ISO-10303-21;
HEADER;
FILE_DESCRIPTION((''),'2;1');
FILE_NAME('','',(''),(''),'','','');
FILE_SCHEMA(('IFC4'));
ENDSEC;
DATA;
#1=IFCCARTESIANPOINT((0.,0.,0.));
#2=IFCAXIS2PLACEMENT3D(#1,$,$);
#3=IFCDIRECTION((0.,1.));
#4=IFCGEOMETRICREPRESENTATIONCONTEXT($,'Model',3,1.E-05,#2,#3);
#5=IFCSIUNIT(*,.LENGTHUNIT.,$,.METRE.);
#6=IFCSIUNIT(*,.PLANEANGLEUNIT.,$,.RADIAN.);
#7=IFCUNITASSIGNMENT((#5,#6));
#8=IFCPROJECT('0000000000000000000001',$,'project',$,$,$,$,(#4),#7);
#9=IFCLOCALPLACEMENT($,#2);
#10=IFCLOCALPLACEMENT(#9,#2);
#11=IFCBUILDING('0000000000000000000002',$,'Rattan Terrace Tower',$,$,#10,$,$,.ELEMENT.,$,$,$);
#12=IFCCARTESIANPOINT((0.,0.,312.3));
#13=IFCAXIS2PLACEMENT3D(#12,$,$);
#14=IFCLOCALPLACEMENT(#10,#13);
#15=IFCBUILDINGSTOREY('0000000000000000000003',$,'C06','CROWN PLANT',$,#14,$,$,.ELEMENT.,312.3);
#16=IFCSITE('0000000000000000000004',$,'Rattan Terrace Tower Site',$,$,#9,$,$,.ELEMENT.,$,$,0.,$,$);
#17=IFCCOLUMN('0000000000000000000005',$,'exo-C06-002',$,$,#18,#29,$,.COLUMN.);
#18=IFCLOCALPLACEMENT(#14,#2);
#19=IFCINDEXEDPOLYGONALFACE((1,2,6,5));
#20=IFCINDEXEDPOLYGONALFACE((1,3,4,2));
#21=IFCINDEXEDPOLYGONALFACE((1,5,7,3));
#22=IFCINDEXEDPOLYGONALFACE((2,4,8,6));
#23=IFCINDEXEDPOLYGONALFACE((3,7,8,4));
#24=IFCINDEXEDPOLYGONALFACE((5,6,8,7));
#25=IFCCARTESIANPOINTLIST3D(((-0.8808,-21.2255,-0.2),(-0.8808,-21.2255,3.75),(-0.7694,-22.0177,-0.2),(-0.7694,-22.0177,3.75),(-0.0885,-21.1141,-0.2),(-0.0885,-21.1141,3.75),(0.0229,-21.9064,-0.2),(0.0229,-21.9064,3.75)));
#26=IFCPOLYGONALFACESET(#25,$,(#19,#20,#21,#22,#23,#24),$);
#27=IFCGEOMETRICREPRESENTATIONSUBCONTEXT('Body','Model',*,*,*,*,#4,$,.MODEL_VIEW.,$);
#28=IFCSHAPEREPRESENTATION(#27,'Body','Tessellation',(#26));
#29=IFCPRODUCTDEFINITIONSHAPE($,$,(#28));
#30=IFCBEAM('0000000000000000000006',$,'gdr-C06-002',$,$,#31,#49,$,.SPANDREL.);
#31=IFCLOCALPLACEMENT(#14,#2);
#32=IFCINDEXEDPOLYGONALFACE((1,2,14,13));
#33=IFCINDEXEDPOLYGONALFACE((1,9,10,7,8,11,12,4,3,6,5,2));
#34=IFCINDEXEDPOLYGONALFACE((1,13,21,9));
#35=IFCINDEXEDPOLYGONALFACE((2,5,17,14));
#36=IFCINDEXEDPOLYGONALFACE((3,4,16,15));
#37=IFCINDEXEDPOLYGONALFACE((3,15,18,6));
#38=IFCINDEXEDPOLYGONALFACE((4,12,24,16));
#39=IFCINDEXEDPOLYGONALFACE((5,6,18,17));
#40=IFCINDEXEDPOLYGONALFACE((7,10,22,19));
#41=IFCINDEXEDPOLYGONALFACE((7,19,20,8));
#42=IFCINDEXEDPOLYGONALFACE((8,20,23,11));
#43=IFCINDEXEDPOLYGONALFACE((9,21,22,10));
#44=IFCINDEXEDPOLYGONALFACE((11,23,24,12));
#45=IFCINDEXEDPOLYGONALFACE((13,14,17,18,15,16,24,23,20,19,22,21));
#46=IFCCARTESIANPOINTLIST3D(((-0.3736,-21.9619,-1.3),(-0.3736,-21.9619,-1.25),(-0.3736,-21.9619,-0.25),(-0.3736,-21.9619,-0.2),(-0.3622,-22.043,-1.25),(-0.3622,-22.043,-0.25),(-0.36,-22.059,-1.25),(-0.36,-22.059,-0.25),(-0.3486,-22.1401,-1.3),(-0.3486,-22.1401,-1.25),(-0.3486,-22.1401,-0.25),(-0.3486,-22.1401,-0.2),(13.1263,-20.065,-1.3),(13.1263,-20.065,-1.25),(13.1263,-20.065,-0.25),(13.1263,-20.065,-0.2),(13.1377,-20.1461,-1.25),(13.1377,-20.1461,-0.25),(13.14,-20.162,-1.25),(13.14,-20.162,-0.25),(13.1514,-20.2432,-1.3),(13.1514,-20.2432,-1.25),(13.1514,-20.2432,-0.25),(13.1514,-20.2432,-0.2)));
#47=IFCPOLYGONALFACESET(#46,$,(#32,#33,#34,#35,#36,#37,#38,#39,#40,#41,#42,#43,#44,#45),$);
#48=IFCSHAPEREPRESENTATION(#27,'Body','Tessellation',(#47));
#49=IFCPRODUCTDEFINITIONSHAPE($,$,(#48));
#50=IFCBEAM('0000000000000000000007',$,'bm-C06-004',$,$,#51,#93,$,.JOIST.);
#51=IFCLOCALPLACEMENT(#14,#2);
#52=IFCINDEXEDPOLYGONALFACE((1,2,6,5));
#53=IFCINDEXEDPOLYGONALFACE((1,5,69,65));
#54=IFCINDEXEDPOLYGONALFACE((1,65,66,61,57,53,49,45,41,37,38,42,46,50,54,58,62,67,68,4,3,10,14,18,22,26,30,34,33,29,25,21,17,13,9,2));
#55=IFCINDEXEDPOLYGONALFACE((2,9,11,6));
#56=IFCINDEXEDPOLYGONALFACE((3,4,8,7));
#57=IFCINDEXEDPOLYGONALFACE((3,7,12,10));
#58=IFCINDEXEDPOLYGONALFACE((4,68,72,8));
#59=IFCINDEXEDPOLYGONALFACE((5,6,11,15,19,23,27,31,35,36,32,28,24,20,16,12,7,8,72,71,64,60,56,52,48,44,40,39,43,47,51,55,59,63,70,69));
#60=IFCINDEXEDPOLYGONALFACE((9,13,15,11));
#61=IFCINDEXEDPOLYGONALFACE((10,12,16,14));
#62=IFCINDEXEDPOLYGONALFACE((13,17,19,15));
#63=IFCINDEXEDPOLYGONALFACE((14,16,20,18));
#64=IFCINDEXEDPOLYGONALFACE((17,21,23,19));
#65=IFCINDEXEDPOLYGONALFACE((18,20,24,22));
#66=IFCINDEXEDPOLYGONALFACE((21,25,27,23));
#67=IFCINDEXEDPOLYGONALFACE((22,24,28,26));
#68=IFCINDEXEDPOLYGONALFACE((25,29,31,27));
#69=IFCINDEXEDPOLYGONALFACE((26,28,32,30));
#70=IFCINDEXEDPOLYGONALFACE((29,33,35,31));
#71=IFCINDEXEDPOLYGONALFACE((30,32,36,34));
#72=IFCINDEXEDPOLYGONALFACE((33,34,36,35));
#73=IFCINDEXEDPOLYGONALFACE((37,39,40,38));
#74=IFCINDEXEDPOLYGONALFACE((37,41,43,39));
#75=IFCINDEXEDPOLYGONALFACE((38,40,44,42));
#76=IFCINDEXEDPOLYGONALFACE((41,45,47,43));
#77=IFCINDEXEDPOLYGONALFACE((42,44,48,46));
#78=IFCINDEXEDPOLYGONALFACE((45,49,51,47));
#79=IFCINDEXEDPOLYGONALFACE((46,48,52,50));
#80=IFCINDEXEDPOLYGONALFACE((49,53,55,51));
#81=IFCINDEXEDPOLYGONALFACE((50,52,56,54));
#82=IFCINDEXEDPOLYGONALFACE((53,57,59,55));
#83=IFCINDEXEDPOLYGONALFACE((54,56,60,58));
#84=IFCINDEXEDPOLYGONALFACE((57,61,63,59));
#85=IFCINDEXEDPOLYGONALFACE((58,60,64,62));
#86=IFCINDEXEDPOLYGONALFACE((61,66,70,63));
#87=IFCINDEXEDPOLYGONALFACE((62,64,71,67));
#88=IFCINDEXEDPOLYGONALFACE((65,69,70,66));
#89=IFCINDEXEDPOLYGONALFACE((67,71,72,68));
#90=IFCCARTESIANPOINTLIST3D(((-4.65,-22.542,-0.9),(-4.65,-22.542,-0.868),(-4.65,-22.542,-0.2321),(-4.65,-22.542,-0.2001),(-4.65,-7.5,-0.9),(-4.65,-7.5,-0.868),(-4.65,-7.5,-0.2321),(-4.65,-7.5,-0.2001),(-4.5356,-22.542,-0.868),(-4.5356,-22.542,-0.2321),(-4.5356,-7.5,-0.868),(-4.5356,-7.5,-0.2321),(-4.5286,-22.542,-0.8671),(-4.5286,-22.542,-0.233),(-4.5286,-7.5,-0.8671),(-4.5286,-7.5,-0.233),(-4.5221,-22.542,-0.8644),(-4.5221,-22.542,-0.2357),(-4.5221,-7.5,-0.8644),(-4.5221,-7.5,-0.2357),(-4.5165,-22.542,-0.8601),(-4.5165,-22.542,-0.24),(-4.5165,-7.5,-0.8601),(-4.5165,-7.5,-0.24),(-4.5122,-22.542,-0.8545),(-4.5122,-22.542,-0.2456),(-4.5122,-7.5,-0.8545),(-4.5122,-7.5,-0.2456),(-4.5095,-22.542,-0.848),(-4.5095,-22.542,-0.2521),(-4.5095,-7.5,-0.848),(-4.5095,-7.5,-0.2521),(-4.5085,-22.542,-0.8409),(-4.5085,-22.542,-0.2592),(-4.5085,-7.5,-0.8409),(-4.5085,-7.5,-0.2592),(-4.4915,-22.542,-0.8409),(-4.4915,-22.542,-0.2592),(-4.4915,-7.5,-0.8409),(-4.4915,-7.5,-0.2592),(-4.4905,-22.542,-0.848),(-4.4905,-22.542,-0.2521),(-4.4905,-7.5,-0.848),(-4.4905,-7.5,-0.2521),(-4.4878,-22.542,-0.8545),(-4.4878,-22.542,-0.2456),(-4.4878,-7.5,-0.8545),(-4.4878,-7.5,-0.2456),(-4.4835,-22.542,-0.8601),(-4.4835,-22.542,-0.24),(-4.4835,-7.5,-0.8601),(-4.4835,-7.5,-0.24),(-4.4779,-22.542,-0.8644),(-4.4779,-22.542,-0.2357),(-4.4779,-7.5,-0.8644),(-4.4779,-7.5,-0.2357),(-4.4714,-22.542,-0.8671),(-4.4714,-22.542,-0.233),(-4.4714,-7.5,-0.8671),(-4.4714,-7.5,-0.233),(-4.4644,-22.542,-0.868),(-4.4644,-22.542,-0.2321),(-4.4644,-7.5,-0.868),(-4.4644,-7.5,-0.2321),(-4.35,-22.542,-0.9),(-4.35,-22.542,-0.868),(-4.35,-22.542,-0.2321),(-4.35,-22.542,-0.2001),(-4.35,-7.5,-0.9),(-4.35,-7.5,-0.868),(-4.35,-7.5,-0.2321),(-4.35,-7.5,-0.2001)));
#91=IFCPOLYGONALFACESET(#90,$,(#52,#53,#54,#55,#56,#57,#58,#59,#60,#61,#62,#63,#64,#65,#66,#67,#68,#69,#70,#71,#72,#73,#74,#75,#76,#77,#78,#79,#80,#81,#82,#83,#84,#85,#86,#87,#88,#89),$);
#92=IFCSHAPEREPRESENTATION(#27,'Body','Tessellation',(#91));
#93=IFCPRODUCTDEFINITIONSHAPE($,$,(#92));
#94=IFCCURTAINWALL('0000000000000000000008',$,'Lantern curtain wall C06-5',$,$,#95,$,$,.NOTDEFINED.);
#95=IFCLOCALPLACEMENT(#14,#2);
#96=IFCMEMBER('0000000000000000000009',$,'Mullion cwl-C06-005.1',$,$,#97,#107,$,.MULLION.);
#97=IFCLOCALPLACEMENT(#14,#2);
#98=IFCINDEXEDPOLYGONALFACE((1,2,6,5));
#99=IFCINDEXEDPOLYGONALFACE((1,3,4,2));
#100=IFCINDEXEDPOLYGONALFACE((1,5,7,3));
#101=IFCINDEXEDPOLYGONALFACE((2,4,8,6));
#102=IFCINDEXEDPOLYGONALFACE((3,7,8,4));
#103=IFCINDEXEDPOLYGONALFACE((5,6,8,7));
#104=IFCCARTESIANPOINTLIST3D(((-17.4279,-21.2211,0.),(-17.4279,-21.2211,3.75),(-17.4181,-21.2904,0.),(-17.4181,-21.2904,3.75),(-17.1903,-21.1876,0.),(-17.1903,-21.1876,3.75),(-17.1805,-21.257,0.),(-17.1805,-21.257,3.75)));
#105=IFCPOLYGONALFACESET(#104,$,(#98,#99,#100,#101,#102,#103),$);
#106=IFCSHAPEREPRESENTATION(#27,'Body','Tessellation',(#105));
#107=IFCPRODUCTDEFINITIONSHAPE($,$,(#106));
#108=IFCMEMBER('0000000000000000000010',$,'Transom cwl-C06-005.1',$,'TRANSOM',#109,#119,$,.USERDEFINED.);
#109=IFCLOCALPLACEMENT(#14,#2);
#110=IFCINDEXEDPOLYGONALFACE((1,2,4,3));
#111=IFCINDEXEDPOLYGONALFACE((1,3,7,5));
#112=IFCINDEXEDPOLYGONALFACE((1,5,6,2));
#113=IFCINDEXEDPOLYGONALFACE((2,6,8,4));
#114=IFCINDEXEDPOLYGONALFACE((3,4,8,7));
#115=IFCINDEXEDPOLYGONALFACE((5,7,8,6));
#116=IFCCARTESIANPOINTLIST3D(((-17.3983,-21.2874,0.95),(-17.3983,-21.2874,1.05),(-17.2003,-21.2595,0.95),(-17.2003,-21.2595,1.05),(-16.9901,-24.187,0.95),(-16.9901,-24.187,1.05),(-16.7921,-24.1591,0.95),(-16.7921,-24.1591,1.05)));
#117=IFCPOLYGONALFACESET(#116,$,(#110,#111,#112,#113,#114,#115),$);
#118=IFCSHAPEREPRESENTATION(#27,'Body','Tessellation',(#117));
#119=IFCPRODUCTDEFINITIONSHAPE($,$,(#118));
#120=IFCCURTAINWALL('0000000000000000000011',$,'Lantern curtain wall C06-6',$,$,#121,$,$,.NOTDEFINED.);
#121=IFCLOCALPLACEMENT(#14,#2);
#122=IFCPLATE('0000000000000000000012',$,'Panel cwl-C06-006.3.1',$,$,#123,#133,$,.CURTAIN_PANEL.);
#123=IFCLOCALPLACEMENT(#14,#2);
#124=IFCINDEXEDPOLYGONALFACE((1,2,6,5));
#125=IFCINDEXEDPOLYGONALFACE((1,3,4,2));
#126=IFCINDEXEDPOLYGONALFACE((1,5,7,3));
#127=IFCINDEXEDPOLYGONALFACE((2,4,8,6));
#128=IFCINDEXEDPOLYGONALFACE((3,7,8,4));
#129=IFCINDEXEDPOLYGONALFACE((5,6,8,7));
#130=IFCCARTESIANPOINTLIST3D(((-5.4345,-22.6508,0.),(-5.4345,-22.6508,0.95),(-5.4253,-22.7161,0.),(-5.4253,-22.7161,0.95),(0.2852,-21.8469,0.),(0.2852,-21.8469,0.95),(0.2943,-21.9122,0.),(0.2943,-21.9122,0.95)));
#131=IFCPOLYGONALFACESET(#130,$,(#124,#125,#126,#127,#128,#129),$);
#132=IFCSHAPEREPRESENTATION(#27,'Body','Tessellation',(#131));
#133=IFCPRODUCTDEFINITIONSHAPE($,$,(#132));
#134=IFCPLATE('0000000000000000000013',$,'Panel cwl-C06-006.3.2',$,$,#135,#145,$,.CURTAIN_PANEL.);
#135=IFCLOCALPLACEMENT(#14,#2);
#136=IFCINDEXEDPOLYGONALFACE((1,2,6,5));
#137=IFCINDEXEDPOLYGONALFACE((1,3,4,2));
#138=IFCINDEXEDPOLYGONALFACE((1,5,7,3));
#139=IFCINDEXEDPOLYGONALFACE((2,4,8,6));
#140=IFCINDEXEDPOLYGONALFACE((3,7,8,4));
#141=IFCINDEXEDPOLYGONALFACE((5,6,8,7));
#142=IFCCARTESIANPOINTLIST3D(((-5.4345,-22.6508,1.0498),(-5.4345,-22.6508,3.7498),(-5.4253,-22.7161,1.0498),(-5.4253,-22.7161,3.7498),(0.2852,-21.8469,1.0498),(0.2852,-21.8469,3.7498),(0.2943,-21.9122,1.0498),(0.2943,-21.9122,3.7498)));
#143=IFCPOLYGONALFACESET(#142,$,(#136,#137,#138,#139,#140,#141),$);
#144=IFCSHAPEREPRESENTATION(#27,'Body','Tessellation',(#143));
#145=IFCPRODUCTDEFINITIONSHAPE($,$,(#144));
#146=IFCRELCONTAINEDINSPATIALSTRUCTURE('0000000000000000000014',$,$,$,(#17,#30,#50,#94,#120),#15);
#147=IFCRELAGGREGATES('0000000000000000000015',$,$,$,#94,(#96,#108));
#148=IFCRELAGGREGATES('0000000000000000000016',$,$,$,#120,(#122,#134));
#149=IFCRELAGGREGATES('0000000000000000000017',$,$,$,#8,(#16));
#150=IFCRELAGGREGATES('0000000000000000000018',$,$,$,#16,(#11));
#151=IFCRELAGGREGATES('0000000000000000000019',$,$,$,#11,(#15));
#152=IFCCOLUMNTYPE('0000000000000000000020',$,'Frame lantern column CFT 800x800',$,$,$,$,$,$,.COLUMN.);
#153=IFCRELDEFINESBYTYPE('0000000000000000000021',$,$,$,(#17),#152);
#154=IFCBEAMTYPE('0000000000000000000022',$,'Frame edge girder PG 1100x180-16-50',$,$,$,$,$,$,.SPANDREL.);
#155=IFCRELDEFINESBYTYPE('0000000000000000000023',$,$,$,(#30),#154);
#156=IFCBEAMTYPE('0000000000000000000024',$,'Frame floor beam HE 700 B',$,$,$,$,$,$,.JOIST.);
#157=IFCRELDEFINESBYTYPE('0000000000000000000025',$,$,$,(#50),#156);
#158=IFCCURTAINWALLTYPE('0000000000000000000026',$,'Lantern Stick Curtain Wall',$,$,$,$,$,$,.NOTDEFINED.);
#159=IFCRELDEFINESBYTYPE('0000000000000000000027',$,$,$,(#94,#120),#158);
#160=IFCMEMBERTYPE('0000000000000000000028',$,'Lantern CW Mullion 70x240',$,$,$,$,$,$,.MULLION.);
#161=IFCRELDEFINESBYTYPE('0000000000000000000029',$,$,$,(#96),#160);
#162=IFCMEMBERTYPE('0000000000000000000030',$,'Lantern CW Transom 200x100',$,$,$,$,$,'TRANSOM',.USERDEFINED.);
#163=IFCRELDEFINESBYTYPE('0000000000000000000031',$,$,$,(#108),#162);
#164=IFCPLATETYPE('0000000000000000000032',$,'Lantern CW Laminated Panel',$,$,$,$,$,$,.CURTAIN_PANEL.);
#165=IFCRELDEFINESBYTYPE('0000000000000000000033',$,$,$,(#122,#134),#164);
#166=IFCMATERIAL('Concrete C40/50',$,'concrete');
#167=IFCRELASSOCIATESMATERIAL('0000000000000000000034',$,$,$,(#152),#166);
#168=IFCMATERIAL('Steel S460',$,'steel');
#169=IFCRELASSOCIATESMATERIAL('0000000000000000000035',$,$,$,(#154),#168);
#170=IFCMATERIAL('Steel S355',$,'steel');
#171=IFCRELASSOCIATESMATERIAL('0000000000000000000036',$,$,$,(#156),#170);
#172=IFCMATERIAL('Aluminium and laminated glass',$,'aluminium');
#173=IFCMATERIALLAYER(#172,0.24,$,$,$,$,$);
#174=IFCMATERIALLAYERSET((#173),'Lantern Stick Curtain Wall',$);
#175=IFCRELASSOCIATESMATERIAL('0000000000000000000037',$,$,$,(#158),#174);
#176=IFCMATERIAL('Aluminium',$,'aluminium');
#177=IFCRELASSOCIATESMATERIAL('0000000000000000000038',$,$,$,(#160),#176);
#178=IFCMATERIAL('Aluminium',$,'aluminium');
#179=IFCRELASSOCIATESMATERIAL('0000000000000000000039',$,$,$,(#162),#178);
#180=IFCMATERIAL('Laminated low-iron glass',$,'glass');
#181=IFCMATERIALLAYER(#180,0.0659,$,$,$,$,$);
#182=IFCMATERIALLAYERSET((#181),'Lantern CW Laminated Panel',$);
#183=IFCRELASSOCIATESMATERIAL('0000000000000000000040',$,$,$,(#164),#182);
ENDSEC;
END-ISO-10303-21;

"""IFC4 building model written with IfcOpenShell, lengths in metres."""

from ifc_helpers import new_model, si_unit, direction, frame, origin, origin_2d, place, context, subcontext, project, spatial, rectangle, i_section, extrude, material, layer, layer_set, material_profile, profile_set, type_object, element, aggregate, save


model = new_model("IFC4")

# Units and contexts
model_context = context("Model", 3, precision=1e-05, world=origin(), true_north=direction((0.0, 1.0)))
body_context = subcontext(model_context, "Body", "Model", "MODEL_VIEW")
ifc_project = project(units=[si_unit("LENGTHUNIT", "METRE"), si_unit("PLANEANGLEUNIT", "RADIAN")], contexts=[model_context])

# Site, building, storey
site_placement = place(None, origin())
site = spatial("IfcSite", under=ifc_project, at=site_placement, Name="Rattan Terrace Tower Site", CompositionType="ELEMENT", RefElevation=0.0)
building_placement = place(site_placement, origin())
building = spatial("IfcBuilding", under=site, at=building_placement, Name="Rattan Terrace Tower", CompositionType="ELEMENT")
storey_placement = place(building_placement, frame((0.0, 0.0, 312.3)))
storey = spatial("IfcBuildingStorey", under=building, at=storey_placement, Name="C06", Description="CROWN PLANT", CompositionType="ELEMENT", Elevation=312.3)

# Column
ifc_material_1 = material(Name="Concrete C40/50", Category="concrete")
ifc_material_profile_1 = material_profile(ifc_material_1, rectangle(XDim=0.8, YDim=0.8, at=origin_2d()), Name="CFT 800x800")
ifc_profile_set_1 = profile_set([ifc_material_profile_1], Name="Concrete C40/50")
column_type = type_object("IfcColumnType", Name="Frame lantern column CFT 800x800", PredefinedType="COLUMN", material=ifc_profile_set_1)
column_placement = place(storey_placement, frame((-0.429, -21.5659, -0.2), z_axis=(0.0, 0.0, 1.0), x_axis=(0.990266, 0.13919, 0.0)))
element("IfcColumn", 1, at=column_placement, inside=storey, type_object=column_type, Name="exo-C06-002", PredefinedType="COLUMN", context=body_context, shape_type="SweptSolid", body=[
    extrude(rectangle(XDim=0.8, YDim=0.8, at=origin_2d()), origin(), (0.0, 0.0, 1.0), 3.95),
])

# Beams
ifc_material_2 = material(Name="Steel S460", Category="steel")
ifc_material_profile_2 = material_profile(ifc_material_2, i_section(OverallWidth=0.1799, OverallDepth=1.1001, WebThickness=0.0161, FlangeThickness=0.05, at=origin_2d()), Name="PG 1100x180-16-50")
ifc_profile_set_2 = profile_set([ifc_material_profile_2], Name="Steel S460")
beam_type_1 = type_object("IfcBeamType", Name="Frame edge girder PG 1100x180-16-50", PredefinedType="SPANDREL", material=ifc_profile_set_2)
beam_1_placement = place(storey_placement, frame((-0.3611, -22.051, -0.75), z_axis=(0.990271, 0.139149, 0.0), x_axis=(-0.139149, 0.990271, 0.0)))
element("IfcBeam", 2, at=beam_1_placement, inside=storey, type_object=beam_type_1, Name="gdr-C06-002", PredefinedType="SPANDREL", context=body_context, shape_type="SweptSolid", body=[
    extrude(i_section(OverallWidth=0.1799, OverallDepth=1.1001, WebThickness=0.0161, FlangeThickness=0.05, at=origin_2d()), origin(), (0.0, 0.0, 1.0), 13.6326),
])
ifc_material_3 = material(Name="Steel S355", Category="steel")
ifc_material_profile_3 = material_profile(ifc_material_3, i_section(OverallWidth=0.3, OverallDepth=0.7, WebThickness=0.0171, FlangeThickness=0.032, FilletRadius=0.0271, at=origin_2d()), Name="HE 700 B")
ifc_profile_set_3 = profile_set([ifc_material_profile_3], Name="Steel S355")
beam_type_2 = type_object("IfcBeamType", Name="Frame floor beam HE 700 B", PredefinedType="JOIST", material=ifc_profile_set_3)
beam_2_placement = place(storey_placement, frame((-4.5, -22.542, -0.55), z_axis=(0.0, 1.0, 0.0), x_axis=(-1.0, 0.0, 0.0)))
element("IfcBeam", 3, at=beam_2_placement, inside=storey, type_object=beam_type_2, Name="bm-C06-004", PredefinedType="JOIST", context=body_context, shape_type="SweptSolid", body=[
    extrude(i_section(OverallWidth=0.3, OverallDepth=0.7, WebThickness=0.0171, FlangeThickness=0.032, FilletRadius=0.0271, at=origin_2d()), origin(), (0.0, 0.0, 1.0), 15.042),
])

# Curtain wall, members
ifc_material_4 = material(Name="Aluminium and laminated glass", Category="aluminium")
ifc_layer_1 = layer(ifc_material_4, 0.24)
ifc_layer_set_1 = layer_set([ifc_layer_1], Name="Lantern Stick Curtain Wall")
curtain_wall_type = type_object("IfcCurtainWallType", Name="Lantern Stick Curtain Wall", PredefinedType="NOTDEFINED", material=ifc_layer_set_1)
curtain_wall_1_placement = place(storey_placement, origin())
curtain_wall_1 = element("IfcCurtainWall", 4, at=curtain_wall_1_placement, inside=storey, type_object=curtain_wall_type, Name="Lantern curtain wall C06-5", PredefinedType="NOTDEFINED")
ifc_material_5 = material(Name="Aluminium", Category="aluminium")
ifc_material_profile_4 = material_profile(ifc_material_5, rectangle(XDim=0.0701, YDim=0.24, at=origin_2d()), Name="Aluminium 70x240")
ifc_profile_set_4 = profile_set([ifc_material_profile_4], Name="Aluminium")
member_type_1 = type_object("IfcMemberType", Name="Lantern CW Mullion 70x240", PredefinedType="MULLION", material=ifc_profile_set_4)
member_1_placement = place(storey_placement, frame((-17.3042, -21.239, 0.0), z_axis=(0.0, 0.0, 1.0), x_axis=(0.139413, -0.990234, 0.0)))
member_1 = element("IfcMember", 5, at=member_1_placement, type_object=member_type_1, Name="Mullion cwl-C06-005.1", PredefinedType="MULLION", context=body_context, shape_type="SweptSolid", body=[
    extrude(rectangle(XDim=0.0701, YDim=0.24, at=origin_2d()), origin(), (0.0, 0.0, 1.0), 3.75),
])
ifc_material_6 = material(Name="Aluminium", Category="aluminium")
ifc_material_profile_5 = material_profile(ifc_material_6, rectangle(XDim=0.2, YDim=0.1001, at=origin_2d()), Name="Aluminium 200x100")
ifc_profile_set_5 = profile_set([ifc_material_profile_5], Name="Aluminium")
member_type_2 = type_object("IfcMemberType", Name="Lantern CW Transom 200x100", ElementType="TRANSOM", PredefinedType="USERDEFINED", material=ifc_profile_set_5)
member_2_placement = place(storey_placement, frame((-17.2993, -21.2734, 1.0), z_axis=(0.139402, -0.990236, 0.0), x_axis=(0.990236, 0.139402, 0.0)))
member_2 = element("IfcMember", 6, at=member_2_placement, type_object=member_type_2, Name="Transom cwl-C06-005.1", ObjectType="TRANSOM", PredefinedType="USERDEFINED", context=body_context, shape_type="SweptSolid", body=[
    extrude(rectangle(XDim=0.2, YDim=0.1001, at=origin_2d()), origin(), (0.0, 0.0, 1.0), 2.9282),
])
aggregate(curtain_wall_1, [member_1, member_2])

# Curtain wall, plates
curtain_wall_2_placement = place(storey_placement, origin())
curtain_wall_2 = element("IfcCurtainWall", 7, at=curtain_wall_2_placement, inside=storey, type_object=curtain_wall_type, Name="Lantern curtain wall C06-6", PredefinedType="NOTDEFINED")
ifc_material_7 = material(Name="Laminated low-iron glass", Category="glass")
ifc_layer_2 = layer(ifc_material_7, 0.0659)
ifc_layer_set_2 = layer_set([ifc_layer_2], Name="Lantern CW Laminated Panel")
plate_type = type_object("IfcPlateType", Name="Lantern CW Laminated Panel", PredefinedType="CURTAIN_PANEL", material=ifc_layer_set_2)
plate_1_placement = place(storey_placement, frame((-2.5701, -22.2815, 0.0), z_axis=(0.0, 0.0, 1.0), x_axis=(0.990267, 0.139181, 0.0)))
plate_1 = element("IfcPlate", 8, at=plate_1_placement, type_object=plate_type, Name="Panel cwl-C06-006.3.1", PredefinedType="CURTAIN_PANEL", context=body_context, shape_type="SweptSolid", body=[
    extrude(rectangle(XDim=5.7759, YDim=0.0659, at=origin_2d()), origin(), (0.0, 0.0, 1.0), 0.95),
])
plate_2_placement = place(storey_placement, frame((-2.5701, -22.2815, 1.0498), z_axis=(0.0, 0.0, 1.0), x_axis=(0.990267, 0.139181, 0.0)))
plate_2 = element("IfcPlate", 9, at=plate_2_placement, type_object=plate_type, Name="Panel cwl-C06-006.3.2", PredefinedType="CURTAIN_PANEL", context=body_context, shape_type="SweptSolid", body=[
    extrude(rectangle(XDim=5.7759, YDim=0.0659, at=origin_2d()), origin(), (0.0, 0.0, 1.0), 2.7),
])
aggregate(curtain_wall_2, [plate_1, plate_2])

save(model, "model.ifc")
